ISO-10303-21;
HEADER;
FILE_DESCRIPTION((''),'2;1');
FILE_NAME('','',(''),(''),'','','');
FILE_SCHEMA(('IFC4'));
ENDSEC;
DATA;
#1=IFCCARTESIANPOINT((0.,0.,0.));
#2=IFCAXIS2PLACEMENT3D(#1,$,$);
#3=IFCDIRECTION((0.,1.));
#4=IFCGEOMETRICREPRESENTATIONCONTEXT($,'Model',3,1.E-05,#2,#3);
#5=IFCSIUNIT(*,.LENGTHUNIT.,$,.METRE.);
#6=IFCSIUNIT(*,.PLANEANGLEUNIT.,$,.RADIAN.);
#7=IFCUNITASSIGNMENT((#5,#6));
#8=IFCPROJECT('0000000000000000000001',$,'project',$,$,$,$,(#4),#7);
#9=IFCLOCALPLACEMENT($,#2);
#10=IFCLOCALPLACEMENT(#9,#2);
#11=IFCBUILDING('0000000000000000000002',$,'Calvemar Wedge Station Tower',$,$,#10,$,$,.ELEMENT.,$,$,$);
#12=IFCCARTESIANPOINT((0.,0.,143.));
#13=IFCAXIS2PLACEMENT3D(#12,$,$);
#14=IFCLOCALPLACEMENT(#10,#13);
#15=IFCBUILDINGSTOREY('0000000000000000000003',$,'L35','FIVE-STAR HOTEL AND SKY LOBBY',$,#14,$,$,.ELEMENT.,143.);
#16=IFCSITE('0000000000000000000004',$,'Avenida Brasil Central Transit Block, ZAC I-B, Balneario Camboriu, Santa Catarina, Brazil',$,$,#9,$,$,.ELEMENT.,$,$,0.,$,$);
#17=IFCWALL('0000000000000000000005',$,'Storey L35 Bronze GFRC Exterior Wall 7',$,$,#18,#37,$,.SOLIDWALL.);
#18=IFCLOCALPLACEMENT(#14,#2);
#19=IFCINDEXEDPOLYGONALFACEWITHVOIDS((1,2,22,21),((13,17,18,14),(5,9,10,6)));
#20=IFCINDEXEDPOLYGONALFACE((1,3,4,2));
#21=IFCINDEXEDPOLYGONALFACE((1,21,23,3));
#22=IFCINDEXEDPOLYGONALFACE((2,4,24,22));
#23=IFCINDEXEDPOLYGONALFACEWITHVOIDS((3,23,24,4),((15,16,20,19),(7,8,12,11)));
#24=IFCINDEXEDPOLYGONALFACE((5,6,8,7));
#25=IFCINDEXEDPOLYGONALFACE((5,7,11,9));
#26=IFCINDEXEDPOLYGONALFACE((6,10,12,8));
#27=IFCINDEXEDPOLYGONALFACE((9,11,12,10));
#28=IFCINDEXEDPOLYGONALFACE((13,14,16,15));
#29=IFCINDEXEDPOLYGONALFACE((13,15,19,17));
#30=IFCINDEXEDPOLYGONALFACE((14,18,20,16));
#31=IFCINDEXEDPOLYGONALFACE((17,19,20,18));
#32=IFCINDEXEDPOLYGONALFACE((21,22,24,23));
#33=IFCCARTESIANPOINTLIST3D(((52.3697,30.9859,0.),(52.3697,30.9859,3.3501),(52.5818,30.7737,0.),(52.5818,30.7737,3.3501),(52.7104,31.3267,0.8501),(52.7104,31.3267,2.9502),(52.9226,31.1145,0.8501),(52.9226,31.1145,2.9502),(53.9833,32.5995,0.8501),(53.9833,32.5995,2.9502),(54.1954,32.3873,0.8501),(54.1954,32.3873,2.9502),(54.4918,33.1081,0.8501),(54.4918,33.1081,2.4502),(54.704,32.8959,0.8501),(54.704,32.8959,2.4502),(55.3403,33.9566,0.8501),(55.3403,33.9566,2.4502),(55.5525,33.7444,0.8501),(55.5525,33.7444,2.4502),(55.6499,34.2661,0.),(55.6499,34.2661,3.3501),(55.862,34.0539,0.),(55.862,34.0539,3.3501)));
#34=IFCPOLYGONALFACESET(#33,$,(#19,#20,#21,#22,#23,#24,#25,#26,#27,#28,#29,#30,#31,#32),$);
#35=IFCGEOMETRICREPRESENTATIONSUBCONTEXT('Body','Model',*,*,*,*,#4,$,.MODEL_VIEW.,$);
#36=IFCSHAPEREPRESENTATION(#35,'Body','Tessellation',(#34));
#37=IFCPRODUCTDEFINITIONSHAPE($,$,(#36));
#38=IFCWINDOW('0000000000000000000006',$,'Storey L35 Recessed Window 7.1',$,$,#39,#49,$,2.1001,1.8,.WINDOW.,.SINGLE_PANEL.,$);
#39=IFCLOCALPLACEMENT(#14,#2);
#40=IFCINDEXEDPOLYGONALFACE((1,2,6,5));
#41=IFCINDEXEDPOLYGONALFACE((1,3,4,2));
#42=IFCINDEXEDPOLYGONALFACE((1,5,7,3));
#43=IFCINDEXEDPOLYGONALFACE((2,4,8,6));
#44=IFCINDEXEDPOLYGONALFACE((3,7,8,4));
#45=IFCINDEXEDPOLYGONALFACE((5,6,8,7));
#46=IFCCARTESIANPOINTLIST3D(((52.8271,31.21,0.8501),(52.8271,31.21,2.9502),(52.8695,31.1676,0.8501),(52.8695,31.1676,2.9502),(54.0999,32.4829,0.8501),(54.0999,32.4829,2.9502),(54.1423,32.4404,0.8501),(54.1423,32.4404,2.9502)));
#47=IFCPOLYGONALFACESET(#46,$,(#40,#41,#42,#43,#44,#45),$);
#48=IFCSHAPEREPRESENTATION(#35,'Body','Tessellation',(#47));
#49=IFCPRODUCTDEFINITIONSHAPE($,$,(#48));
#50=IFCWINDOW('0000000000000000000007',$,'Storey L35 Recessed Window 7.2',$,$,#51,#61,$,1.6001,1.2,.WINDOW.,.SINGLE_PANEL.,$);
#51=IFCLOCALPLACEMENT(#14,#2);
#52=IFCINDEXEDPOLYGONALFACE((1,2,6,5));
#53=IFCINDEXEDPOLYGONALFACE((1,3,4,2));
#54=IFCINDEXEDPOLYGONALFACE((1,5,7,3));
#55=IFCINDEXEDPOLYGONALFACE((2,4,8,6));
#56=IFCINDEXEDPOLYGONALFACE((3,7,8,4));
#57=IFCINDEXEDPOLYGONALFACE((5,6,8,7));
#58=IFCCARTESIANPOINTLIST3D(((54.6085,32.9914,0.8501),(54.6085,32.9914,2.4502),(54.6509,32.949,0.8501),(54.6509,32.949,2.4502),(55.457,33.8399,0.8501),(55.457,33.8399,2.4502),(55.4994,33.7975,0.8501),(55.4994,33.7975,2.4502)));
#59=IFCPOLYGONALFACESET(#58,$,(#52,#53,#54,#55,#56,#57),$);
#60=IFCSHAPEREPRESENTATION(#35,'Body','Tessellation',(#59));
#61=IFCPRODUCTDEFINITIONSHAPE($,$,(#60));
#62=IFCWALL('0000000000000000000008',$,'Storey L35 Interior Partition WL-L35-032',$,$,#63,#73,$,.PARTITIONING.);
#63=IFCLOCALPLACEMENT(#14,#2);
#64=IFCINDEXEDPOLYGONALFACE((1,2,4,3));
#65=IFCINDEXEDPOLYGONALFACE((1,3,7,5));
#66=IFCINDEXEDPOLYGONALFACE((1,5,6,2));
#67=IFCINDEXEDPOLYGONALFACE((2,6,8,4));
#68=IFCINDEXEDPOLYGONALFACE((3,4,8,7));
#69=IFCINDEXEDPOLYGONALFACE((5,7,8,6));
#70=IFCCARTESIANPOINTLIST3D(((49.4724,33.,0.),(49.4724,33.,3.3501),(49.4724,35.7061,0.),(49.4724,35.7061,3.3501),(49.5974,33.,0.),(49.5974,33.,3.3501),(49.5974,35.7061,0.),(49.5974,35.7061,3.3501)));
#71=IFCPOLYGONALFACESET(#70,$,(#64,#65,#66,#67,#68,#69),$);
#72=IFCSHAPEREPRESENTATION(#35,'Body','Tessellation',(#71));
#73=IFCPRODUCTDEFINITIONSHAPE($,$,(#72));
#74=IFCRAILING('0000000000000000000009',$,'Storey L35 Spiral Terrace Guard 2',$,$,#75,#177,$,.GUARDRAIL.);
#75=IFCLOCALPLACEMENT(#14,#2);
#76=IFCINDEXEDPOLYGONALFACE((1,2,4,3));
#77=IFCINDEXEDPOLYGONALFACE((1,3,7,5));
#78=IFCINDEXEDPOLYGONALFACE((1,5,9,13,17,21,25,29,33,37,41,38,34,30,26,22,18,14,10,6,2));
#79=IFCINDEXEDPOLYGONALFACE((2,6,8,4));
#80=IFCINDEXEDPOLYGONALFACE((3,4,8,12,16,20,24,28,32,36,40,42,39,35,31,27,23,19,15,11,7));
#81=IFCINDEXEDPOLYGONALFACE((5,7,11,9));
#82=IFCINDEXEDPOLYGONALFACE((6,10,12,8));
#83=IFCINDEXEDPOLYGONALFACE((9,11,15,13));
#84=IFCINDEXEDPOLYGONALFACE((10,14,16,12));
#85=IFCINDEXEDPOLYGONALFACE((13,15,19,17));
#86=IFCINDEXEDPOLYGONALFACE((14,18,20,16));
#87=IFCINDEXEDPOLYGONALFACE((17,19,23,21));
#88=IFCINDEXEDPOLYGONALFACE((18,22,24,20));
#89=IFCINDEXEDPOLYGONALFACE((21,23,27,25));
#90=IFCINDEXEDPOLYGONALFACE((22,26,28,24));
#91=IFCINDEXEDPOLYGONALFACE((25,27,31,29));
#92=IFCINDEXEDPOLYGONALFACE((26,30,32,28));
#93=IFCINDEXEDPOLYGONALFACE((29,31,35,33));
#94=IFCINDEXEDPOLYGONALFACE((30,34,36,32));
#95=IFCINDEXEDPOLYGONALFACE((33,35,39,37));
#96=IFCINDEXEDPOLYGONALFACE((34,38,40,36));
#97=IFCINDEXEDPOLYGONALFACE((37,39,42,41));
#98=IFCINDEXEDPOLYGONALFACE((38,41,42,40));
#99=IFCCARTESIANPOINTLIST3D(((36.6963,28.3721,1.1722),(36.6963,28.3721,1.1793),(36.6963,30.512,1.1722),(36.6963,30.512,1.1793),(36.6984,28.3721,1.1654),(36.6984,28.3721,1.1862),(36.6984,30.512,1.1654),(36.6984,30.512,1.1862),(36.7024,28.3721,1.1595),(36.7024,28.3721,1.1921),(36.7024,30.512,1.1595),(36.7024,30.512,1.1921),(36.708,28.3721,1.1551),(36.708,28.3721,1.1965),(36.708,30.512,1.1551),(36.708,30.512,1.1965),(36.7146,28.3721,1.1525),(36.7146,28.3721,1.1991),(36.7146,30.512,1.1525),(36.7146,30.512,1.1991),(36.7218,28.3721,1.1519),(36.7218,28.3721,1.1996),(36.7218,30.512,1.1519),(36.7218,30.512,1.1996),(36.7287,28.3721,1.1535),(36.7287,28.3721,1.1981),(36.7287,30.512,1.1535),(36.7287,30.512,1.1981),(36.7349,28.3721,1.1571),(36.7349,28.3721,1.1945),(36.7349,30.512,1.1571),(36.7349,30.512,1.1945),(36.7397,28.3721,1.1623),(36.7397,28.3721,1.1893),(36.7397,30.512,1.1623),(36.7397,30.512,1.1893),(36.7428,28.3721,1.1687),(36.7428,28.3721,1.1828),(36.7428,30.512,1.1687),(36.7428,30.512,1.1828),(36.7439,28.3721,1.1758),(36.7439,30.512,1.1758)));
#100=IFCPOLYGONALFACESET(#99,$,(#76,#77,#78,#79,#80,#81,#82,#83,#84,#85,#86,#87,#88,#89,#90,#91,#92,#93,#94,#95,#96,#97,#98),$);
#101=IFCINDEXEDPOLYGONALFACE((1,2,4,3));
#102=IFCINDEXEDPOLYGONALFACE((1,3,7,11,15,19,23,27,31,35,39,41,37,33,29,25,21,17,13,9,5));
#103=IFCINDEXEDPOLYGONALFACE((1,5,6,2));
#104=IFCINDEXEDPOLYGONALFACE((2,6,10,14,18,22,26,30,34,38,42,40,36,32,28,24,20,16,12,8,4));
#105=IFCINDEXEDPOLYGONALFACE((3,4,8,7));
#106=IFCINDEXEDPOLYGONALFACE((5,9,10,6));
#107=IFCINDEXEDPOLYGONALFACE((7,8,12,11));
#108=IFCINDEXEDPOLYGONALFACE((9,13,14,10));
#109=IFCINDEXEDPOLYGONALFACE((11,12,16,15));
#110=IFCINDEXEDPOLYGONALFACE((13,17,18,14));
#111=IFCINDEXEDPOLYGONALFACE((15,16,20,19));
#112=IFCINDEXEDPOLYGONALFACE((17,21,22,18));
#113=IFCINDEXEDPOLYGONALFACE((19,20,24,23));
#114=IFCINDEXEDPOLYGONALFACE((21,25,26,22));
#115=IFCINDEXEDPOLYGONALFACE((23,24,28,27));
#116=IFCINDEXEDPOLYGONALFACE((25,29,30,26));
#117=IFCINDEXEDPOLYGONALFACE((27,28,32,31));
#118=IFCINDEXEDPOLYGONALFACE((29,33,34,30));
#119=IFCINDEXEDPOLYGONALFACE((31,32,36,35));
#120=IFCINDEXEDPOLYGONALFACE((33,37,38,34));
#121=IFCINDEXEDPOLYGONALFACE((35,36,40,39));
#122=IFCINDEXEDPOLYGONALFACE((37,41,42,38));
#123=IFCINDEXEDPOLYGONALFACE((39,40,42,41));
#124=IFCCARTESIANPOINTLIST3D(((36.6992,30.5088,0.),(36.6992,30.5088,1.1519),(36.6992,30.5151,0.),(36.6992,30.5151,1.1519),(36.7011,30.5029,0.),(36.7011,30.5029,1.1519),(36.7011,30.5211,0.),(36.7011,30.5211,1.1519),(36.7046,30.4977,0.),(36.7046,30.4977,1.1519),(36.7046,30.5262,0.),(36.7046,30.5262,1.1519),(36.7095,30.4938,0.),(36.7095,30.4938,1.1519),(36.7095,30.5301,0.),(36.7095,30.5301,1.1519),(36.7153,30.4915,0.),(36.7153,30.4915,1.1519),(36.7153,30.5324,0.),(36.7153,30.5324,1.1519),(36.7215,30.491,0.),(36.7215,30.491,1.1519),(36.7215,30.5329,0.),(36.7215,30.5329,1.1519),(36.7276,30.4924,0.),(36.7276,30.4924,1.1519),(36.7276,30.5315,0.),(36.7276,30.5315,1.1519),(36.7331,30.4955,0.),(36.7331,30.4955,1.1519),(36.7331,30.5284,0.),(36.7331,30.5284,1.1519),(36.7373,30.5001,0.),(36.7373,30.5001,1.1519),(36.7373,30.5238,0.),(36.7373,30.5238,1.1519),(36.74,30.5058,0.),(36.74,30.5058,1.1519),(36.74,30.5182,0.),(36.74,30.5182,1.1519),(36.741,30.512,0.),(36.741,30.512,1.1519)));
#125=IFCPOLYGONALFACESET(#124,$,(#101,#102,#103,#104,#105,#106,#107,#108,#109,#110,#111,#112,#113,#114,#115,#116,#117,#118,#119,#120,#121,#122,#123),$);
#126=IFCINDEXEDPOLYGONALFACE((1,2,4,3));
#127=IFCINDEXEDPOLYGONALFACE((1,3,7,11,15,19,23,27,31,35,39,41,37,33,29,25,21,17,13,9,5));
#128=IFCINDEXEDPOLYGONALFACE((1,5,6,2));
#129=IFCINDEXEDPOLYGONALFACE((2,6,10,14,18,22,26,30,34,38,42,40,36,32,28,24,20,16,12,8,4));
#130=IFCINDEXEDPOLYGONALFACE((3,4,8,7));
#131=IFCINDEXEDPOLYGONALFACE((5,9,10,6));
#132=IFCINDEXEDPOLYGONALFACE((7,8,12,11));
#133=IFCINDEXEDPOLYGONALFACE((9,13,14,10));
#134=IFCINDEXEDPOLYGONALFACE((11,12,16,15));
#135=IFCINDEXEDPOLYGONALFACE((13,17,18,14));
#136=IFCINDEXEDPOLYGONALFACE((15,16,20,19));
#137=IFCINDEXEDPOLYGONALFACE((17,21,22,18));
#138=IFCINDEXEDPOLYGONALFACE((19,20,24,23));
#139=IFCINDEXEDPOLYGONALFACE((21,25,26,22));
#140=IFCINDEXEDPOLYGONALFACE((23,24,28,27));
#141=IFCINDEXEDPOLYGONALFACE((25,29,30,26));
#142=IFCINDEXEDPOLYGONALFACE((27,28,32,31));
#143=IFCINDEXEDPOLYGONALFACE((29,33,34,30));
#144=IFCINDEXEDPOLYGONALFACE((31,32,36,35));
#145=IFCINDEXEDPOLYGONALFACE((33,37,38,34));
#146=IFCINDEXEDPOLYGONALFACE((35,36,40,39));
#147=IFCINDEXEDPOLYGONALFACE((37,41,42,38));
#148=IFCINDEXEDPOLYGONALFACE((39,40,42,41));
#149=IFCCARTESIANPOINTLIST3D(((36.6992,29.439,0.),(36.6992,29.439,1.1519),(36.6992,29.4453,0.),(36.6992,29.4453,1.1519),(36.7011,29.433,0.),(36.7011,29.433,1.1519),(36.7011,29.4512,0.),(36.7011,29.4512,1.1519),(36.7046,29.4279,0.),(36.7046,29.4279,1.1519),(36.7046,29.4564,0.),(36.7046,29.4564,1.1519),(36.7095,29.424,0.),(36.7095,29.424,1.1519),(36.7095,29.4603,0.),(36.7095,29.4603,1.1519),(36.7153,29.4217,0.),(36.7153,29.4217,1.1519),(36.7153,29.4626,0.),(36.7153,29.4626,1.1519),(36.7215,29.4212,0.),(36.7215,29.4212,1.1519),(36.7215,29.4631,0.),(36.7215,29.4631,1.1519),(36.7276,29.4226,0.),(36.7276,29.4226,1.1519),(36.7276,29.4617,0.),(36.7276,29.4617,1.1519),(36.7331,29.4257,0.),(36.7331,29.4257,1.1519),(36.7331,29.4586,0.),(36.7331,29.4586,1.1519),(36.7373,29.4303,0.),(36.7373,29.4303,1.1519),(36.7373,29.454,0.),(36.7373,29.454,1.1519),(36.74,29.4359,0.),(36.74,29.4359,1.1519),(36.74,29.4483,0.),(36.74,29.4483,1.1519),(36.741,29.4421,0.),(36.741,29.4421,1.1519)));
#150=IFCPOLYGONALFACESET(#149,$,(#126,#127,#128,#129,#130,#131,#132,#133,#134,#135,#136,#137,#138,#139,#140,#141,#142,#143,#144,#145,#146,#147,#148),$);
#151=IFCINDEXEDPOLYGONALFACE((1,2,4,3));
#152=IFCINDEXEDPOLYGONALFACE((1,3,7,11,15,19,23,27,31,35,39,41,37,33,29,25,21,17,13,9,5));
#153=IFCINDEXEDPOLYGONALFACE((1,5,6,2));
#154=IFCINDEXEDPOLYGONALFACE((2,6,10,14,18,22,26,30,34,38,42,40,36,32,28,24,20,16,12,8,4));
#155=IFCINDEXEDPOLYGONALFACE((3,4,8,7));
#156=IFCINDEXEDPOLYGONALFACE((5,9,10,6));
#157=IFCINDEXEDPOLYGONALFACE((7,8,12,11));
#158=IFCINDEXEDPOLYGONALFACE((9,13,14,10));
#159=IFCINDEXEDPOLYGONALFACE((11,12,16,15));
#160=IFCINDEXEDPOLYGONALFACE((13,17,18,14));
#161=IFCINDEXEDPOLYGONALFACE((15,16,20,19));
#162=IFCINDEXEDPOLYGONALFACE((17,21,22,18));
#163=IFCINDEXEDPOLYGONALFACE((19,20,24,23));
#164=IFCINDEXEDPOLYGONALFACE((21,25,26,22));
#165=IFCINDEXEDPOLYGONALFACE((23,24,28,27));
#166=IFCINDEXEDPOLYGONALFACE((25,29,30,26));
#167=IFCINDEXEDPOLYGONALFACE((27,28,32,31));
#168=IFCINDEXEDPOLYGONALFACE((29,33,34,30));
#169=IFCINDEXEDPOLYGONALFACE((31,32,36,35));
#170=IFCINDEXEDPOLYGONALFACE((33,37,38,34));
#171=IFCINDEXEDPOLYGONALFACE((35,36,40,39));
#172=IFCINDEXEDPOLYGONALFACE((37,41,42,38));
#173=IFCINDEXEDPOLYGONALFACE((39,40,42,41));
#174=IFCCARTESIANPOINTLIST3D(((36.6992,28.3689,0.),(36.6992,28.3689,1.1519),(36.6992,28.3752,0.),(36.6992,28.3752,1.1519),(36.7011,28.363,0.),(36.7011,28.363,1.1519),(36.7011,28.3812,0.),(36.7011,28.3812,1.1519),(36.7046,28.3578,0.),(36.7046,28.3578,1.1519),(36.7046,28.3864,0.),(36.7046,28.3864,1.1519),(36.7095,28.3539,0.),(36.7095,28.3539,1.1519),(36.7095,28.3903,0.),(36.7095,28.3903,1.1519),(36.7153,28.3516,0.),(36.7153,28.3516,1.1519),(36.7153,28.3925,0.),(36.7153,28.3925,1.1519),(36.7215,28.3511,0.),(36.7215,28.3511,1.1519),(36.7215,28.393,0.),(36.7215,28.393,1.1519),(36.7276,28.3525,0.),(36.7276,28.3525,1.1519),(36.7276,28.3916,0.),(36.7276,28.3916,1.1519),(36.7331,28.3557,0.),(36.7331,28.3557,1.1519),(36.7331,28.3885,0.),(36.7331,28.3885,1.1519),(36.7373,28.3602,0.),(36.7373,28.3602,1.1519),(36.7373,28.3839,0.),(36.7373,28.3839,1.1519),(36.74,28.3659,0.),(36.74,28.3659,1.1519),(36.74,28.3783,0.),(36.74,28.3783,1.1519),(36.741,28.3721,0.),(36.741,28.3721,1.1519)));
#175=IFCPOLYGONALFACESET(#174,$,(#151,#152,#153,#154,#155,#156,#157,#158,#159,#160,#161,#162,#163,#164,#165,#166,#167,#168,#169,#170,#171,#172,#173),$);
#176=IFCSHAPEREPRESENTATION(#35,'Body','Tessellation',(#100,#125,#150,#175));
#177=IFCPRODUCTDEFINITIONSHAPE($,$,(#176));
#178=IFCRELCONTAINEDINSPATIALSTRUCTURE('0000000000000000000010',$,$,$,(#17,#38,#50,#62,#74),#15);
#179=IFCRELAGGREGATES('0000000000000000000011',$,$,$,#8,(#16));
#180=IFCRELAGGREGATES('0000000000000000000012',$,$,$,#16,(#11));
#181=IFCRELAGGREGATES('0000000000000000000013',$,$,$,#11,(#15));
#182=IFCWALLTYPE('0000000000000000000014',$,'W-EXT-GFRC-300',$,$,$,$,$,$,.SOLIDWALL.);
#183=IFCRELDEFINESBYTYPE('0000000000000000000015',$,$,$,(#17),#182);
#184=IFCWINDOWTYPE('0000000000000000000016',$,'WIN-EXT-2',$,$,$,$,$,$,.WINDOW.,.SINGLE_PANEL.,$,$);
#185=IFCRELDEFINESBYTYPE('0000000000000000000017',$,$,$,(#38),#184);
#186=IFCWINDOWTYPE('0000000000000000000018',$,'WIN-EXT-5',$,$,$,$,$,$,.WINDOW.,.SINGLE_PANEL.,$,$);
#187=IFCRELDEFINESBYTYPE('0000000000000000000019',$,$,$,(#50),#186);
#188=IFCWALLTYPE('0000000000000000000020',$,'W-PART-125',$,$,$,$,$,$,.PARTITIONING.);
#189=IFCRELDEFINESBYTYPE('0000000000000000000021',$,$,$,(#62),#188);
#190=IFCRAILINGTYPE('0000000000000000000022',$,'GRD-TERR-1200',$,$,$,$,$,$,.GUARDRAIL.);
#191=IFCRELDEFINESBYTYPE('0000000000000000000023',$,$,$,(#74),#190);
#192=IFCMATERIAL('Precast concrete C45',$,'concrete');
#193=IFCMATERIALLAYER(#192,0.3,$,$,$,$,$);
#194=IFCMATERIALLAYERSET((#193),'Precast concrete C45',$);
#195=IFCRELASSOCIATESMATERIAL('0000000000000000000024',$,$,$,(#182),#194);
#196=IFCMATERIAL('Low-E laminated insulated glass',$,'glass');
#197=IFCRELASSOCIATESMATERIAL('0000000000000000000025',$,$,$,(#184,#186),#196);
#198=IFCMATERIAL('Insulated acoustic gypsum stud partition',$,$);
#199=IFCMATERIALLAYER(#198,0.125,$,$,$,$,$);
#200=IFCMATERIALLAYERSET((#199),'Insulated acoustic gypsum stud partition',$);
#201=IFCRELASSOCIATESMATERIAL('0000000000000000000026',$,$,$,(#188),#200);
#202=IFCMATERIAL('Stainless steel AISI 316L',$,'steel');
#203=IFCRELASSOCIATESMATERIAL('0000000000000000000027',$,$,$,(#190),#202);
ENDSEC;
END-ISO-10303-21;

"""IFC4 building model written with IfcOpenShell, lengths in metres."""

from ifc_helpers import new_model, si_unit, direction, frame, frame_2d, origin, origin_2d, place, context, subcontext, project, spatial, rectangle, circle, extrude, source, transform, mapped, material, layer, layer_set, type_object, element, fill, save


model = new_model("IFC4")

# Units and contexts
model_context = context("Model", 3, precision=1e-05, world=origin(), true_north=direction((0.0, 1.0)))
body_context = subcontext(model_context, "Body", "Model", "MODEL_VIEW")
ifc_project = project(units=[si_unit("LENGTHUNIT", "METRE"), si_unit("PLANEANGLEUNIT", "RADIAN")], contexts=[model_context])

# Site, building, storey
site_placement = place(None, origin())
site = spatial("IfcSite", under=ifc_project, at=site_placement, Name="Avenida Brasil Central Transit Block, ZAC I-B, Balneario Camboriu, Santa Catarina, Brazil", CompositionType="ELEMENT", RefElevation=0.0)
building_placement = place(site_placement, origin())
building = spatial("IfcBuilding", under=site, at=building_placement, Name="Calvemar Wedge Station Tower", CompositionType="ELEMENT")
storey_placement = place(building_placement, frame((0.0, 0.0, 143.0)))
storey = spatial("IfcBuildingStorey", under=building, at=storey_placement, Name="L35", Description="FIVE-STAR HOTEL AND SKY LOBBY", CompositionType="ELEMENT", Elevation=143.0)

# Shared definitions
ifc_material_1 = material(Name="Low-E laminated insulated glass", Category="glass")

# Shared definitions
ifc_material_2 = material(Name="Precast concrete C45", Category="concrete")
ifc_layer_1 = layer(ifc_material_2, 0.3)
ifc_layer_set_1 = layer_set([ifc_layer_1], Name="Precast concrete C45")
wall_type_1 = type_object("IfcWallType", Name="W-EXT-GFRC-300", PredefinedType="SOLIDWALL", material=ifc_layer_set_1)

# Wall, openings, windows
wall_1_placement = place(storey_placement, frame((52.4758, 30.8799, 0.0), z_axis=(0.0, 0.0, 1.0), x_axis=(0.707107, 0.707107, 0.0)))
wall_1 = element("IfcWall", 1, at=wall_1_placement, inside=storey, type_object=wall_type_1, Name="Storey L35 Bronze GFRC Exterior Wall 7", PredefinedType="SOLIDWALL", context=body_context, shape_type="SweptSolid", body=[
    extrude(rectangle(XDim=4.6389, YDim=0.3, at=frame_2d((2.3193, 0.0))), origin(), (0.0, 0.0, 1.0), 3.3501),
])
shared_shape_1 = source(origin(), body_context, "Body", "SweptSolid", [
    extrude(rectangle(XDim=1.8, YDim=2.1001, at=frame_2d((0.8999, 1.05))), frame((0.0, 0.1602, 0.0), z_axis=(0.0, -1.0, 0.0), x_axis=(1.0, 0.0, 0.0)), (0.0, 0.0, 1.0), 0.3201),
])
opening_1_placement = place(wall_1_placement, frame((0.4819, 0.0, 0.8501)))
opening_1 = element("IfcOpeningElement", 2, at=opening_1_placement, cuts=wall_1, PredefinedType="OPENING", context=body_context, shape_type="MappedRepresentation", body=[
    mapped(shared_shape_1, transform((0.0, 0.0, 0.0), scale=1.0)),
])
shared_shape_2 = source(origin(), body_context, "Body", "SweptSolid", [
    extrude(rectangle(XDim=1.2, YDim=1.6001, at=frame_2d((0.6001, 0.8))), frame((0.0, 0.1602, 0.0), z_axis=(0.0, -1.0, 0.0), x_axis=(1.0, 0.0, 0.0)), (0.0, 0.0, 1.0), 0.3201),
])
opening_2_placement = place(wall_1_placement, frame((3.001, 0.0, 0.8501)))
opening_2 = element("IfcOpeningElement", 3, at=opening_2_placement, cuts=wall_1, PredefinedType="OPENING", context=body_context, shape_type="MappedRepresentation", body=[
    mapped(shared_shape_2, transform((0.0, 0.0, 0.0), scale=1.0)),
])
window_type_1 = type_object("IfcWindowType", Name="WIN-EXT-2", PartitioningType="SINGLE_PANEL", PredefinedType="WINDOW", material=ifc_material_1)
shared_shape_3 = source(origin(), body_context, "Body", "SweptSolid", [
    extrude(rectangle(XDim=1.8, YDim=2.1001, at=frame_2d((0.8999, 1.05))), frame((0.0, -0.0149, 0.0), z_axis=(0.0, -1.0, 0.0), x_axis=(1.0, 0.0, 0.0)), (0.0, 0.0, 1.0), 0.0601),
])
window_1_placement = place(opening_1_placement, origin())
window_1 = element("IfcWindow", 4, at=window_1_placement, inside=storey, type_object=window_type_1, Name="Storey L35 Recessed Window 7.1", OverallHeight=2.1001, OverallWidth=1.8, PartitioningType="SINGLE_PANEL", PredefinedType="WINDOW", context=body_context, shape_type="MappedRepresentation", body=[
    mapped(shared_shape_3, transform((0.0, 0.0, 0.0), scale=1.0)),
])
fill(opening_1, window_1)
window_type_2 = type_object("IfcWindowType", Name="WIN-EXT-5", PartitioningType="SINGLE_PANEL", PredefinedType="WINDOW", material=ifc_material_1)
shared_shape_4 = source(origin(), body_context, "Body", "SweptSolid", [
    extrude(rectangle(XDim=1.2, YDim=1.6001, at=frame_2d((0.6001, 0.8))), frame((0.0, -0.0149, 0.0), z_axis=(0.0, -1.0, 0.0), x_axis=(1.0, 0.0, 0.0)), (0.0, 0.0, 1.0), 0.0601),
])
window_2_placement = place(opening_2_placement, origin())
window_2 = element("IfcWindow", 5, at=window_2_placement, inside=storey, type_object=window_type_2, Name="Storey L35 Recessed Window 7.2", OverallHeight=1.6001, OverallWidth=1.2, PartitioningType="SINGLE_PANEL", PredefinedType="WINDOW", context=body_context, shape_type="MappedRepresentation", body=[
    mapped(shared_shape_4, transform((0.0, 0.0, 0.0), scale=1.0)),
])
fill(opening_2, window_2)

# Wall
ifc_material_3 = material(Name="Insulated acoustic gypsum stud partition")
ifc_layer_2 = layer(ifc_material_3, 0.125)
ifc_layer_set_2 = layer_set([ifc_layer_2], Name="Insulated acoustic gypsum stud partition")
wall_type_2 = type_object("IfcWallType", Name="W-PART-125", PredefinedType="PARTITIONING", material=ifc_layer_set_2)
wall_2_placement = place(storey_placement, frame((49.5349, 33.0, 0.0), z_axis=(0.0, 0.0, 1.0), x_axis=(0.0, 1.0, 0.0)))
element("IfcWall", 6, at=wall_2_placement, inside=storey, type_object=wall_type_2, Name="Storey L35 Interior Partition WL-L35-032", PredefinedType="PARTITIONING", context=body_context, shape_type="SweptSolid", body=[
    extrude(rectangle(XDim=2.7061, YDim=0.125, at=frame_2d((1.353, 0.0))), origin(), (0.0, 0.0, 1.0), 3.3501),
])

# Railing
ifc_material_4 = material(Name="Stainless steel AISI 316L", Category="steel")
railing_type = type_object("IfcRailingType", Name="GRD-TERR-1200", PredefinedType="GUARDRAIL", material=ifc_material_4)
railing_1_placement = place(storey_placement, frame((36.72, 30.512, 0.0)))
element("IfcRailing", 7, at=railing_1_placement, inside=storey, type_object=railing_type, Name="Storey L35 Spiral Terrace Guard 2", PredefinedType="GUARDRAIL", context=body_context, shape_type="SweptSolid", body=[
    extrude(circle(Radius=0.0239, at=origin_2d()), frame((0.0, 0.0, 1.1758), z_axis=(0.0, -1.0, 0.0), x_axis=(1.0, 0.0, 0.0)), (0.0, 0.0, 1.0), 2.1399),
    extrude(circle(Radius=0.021, at=origin_2d()), origin(), (0.0, 0.0, 1.0), 1.1519),
    extrude(circle(Radius=0.021, at=origin_2d()), frame((0.0, -1.0698, 0.0)), (0.0, 0.0, 1.0), 1.1519),
    extrude(circle(Radius=0.021, at=origin_2d()), frame((0.0, -2.1399, 0.0)), (0.0, 0.0, 1.0), 1.1519),
])

save(model, "model.ifc")
